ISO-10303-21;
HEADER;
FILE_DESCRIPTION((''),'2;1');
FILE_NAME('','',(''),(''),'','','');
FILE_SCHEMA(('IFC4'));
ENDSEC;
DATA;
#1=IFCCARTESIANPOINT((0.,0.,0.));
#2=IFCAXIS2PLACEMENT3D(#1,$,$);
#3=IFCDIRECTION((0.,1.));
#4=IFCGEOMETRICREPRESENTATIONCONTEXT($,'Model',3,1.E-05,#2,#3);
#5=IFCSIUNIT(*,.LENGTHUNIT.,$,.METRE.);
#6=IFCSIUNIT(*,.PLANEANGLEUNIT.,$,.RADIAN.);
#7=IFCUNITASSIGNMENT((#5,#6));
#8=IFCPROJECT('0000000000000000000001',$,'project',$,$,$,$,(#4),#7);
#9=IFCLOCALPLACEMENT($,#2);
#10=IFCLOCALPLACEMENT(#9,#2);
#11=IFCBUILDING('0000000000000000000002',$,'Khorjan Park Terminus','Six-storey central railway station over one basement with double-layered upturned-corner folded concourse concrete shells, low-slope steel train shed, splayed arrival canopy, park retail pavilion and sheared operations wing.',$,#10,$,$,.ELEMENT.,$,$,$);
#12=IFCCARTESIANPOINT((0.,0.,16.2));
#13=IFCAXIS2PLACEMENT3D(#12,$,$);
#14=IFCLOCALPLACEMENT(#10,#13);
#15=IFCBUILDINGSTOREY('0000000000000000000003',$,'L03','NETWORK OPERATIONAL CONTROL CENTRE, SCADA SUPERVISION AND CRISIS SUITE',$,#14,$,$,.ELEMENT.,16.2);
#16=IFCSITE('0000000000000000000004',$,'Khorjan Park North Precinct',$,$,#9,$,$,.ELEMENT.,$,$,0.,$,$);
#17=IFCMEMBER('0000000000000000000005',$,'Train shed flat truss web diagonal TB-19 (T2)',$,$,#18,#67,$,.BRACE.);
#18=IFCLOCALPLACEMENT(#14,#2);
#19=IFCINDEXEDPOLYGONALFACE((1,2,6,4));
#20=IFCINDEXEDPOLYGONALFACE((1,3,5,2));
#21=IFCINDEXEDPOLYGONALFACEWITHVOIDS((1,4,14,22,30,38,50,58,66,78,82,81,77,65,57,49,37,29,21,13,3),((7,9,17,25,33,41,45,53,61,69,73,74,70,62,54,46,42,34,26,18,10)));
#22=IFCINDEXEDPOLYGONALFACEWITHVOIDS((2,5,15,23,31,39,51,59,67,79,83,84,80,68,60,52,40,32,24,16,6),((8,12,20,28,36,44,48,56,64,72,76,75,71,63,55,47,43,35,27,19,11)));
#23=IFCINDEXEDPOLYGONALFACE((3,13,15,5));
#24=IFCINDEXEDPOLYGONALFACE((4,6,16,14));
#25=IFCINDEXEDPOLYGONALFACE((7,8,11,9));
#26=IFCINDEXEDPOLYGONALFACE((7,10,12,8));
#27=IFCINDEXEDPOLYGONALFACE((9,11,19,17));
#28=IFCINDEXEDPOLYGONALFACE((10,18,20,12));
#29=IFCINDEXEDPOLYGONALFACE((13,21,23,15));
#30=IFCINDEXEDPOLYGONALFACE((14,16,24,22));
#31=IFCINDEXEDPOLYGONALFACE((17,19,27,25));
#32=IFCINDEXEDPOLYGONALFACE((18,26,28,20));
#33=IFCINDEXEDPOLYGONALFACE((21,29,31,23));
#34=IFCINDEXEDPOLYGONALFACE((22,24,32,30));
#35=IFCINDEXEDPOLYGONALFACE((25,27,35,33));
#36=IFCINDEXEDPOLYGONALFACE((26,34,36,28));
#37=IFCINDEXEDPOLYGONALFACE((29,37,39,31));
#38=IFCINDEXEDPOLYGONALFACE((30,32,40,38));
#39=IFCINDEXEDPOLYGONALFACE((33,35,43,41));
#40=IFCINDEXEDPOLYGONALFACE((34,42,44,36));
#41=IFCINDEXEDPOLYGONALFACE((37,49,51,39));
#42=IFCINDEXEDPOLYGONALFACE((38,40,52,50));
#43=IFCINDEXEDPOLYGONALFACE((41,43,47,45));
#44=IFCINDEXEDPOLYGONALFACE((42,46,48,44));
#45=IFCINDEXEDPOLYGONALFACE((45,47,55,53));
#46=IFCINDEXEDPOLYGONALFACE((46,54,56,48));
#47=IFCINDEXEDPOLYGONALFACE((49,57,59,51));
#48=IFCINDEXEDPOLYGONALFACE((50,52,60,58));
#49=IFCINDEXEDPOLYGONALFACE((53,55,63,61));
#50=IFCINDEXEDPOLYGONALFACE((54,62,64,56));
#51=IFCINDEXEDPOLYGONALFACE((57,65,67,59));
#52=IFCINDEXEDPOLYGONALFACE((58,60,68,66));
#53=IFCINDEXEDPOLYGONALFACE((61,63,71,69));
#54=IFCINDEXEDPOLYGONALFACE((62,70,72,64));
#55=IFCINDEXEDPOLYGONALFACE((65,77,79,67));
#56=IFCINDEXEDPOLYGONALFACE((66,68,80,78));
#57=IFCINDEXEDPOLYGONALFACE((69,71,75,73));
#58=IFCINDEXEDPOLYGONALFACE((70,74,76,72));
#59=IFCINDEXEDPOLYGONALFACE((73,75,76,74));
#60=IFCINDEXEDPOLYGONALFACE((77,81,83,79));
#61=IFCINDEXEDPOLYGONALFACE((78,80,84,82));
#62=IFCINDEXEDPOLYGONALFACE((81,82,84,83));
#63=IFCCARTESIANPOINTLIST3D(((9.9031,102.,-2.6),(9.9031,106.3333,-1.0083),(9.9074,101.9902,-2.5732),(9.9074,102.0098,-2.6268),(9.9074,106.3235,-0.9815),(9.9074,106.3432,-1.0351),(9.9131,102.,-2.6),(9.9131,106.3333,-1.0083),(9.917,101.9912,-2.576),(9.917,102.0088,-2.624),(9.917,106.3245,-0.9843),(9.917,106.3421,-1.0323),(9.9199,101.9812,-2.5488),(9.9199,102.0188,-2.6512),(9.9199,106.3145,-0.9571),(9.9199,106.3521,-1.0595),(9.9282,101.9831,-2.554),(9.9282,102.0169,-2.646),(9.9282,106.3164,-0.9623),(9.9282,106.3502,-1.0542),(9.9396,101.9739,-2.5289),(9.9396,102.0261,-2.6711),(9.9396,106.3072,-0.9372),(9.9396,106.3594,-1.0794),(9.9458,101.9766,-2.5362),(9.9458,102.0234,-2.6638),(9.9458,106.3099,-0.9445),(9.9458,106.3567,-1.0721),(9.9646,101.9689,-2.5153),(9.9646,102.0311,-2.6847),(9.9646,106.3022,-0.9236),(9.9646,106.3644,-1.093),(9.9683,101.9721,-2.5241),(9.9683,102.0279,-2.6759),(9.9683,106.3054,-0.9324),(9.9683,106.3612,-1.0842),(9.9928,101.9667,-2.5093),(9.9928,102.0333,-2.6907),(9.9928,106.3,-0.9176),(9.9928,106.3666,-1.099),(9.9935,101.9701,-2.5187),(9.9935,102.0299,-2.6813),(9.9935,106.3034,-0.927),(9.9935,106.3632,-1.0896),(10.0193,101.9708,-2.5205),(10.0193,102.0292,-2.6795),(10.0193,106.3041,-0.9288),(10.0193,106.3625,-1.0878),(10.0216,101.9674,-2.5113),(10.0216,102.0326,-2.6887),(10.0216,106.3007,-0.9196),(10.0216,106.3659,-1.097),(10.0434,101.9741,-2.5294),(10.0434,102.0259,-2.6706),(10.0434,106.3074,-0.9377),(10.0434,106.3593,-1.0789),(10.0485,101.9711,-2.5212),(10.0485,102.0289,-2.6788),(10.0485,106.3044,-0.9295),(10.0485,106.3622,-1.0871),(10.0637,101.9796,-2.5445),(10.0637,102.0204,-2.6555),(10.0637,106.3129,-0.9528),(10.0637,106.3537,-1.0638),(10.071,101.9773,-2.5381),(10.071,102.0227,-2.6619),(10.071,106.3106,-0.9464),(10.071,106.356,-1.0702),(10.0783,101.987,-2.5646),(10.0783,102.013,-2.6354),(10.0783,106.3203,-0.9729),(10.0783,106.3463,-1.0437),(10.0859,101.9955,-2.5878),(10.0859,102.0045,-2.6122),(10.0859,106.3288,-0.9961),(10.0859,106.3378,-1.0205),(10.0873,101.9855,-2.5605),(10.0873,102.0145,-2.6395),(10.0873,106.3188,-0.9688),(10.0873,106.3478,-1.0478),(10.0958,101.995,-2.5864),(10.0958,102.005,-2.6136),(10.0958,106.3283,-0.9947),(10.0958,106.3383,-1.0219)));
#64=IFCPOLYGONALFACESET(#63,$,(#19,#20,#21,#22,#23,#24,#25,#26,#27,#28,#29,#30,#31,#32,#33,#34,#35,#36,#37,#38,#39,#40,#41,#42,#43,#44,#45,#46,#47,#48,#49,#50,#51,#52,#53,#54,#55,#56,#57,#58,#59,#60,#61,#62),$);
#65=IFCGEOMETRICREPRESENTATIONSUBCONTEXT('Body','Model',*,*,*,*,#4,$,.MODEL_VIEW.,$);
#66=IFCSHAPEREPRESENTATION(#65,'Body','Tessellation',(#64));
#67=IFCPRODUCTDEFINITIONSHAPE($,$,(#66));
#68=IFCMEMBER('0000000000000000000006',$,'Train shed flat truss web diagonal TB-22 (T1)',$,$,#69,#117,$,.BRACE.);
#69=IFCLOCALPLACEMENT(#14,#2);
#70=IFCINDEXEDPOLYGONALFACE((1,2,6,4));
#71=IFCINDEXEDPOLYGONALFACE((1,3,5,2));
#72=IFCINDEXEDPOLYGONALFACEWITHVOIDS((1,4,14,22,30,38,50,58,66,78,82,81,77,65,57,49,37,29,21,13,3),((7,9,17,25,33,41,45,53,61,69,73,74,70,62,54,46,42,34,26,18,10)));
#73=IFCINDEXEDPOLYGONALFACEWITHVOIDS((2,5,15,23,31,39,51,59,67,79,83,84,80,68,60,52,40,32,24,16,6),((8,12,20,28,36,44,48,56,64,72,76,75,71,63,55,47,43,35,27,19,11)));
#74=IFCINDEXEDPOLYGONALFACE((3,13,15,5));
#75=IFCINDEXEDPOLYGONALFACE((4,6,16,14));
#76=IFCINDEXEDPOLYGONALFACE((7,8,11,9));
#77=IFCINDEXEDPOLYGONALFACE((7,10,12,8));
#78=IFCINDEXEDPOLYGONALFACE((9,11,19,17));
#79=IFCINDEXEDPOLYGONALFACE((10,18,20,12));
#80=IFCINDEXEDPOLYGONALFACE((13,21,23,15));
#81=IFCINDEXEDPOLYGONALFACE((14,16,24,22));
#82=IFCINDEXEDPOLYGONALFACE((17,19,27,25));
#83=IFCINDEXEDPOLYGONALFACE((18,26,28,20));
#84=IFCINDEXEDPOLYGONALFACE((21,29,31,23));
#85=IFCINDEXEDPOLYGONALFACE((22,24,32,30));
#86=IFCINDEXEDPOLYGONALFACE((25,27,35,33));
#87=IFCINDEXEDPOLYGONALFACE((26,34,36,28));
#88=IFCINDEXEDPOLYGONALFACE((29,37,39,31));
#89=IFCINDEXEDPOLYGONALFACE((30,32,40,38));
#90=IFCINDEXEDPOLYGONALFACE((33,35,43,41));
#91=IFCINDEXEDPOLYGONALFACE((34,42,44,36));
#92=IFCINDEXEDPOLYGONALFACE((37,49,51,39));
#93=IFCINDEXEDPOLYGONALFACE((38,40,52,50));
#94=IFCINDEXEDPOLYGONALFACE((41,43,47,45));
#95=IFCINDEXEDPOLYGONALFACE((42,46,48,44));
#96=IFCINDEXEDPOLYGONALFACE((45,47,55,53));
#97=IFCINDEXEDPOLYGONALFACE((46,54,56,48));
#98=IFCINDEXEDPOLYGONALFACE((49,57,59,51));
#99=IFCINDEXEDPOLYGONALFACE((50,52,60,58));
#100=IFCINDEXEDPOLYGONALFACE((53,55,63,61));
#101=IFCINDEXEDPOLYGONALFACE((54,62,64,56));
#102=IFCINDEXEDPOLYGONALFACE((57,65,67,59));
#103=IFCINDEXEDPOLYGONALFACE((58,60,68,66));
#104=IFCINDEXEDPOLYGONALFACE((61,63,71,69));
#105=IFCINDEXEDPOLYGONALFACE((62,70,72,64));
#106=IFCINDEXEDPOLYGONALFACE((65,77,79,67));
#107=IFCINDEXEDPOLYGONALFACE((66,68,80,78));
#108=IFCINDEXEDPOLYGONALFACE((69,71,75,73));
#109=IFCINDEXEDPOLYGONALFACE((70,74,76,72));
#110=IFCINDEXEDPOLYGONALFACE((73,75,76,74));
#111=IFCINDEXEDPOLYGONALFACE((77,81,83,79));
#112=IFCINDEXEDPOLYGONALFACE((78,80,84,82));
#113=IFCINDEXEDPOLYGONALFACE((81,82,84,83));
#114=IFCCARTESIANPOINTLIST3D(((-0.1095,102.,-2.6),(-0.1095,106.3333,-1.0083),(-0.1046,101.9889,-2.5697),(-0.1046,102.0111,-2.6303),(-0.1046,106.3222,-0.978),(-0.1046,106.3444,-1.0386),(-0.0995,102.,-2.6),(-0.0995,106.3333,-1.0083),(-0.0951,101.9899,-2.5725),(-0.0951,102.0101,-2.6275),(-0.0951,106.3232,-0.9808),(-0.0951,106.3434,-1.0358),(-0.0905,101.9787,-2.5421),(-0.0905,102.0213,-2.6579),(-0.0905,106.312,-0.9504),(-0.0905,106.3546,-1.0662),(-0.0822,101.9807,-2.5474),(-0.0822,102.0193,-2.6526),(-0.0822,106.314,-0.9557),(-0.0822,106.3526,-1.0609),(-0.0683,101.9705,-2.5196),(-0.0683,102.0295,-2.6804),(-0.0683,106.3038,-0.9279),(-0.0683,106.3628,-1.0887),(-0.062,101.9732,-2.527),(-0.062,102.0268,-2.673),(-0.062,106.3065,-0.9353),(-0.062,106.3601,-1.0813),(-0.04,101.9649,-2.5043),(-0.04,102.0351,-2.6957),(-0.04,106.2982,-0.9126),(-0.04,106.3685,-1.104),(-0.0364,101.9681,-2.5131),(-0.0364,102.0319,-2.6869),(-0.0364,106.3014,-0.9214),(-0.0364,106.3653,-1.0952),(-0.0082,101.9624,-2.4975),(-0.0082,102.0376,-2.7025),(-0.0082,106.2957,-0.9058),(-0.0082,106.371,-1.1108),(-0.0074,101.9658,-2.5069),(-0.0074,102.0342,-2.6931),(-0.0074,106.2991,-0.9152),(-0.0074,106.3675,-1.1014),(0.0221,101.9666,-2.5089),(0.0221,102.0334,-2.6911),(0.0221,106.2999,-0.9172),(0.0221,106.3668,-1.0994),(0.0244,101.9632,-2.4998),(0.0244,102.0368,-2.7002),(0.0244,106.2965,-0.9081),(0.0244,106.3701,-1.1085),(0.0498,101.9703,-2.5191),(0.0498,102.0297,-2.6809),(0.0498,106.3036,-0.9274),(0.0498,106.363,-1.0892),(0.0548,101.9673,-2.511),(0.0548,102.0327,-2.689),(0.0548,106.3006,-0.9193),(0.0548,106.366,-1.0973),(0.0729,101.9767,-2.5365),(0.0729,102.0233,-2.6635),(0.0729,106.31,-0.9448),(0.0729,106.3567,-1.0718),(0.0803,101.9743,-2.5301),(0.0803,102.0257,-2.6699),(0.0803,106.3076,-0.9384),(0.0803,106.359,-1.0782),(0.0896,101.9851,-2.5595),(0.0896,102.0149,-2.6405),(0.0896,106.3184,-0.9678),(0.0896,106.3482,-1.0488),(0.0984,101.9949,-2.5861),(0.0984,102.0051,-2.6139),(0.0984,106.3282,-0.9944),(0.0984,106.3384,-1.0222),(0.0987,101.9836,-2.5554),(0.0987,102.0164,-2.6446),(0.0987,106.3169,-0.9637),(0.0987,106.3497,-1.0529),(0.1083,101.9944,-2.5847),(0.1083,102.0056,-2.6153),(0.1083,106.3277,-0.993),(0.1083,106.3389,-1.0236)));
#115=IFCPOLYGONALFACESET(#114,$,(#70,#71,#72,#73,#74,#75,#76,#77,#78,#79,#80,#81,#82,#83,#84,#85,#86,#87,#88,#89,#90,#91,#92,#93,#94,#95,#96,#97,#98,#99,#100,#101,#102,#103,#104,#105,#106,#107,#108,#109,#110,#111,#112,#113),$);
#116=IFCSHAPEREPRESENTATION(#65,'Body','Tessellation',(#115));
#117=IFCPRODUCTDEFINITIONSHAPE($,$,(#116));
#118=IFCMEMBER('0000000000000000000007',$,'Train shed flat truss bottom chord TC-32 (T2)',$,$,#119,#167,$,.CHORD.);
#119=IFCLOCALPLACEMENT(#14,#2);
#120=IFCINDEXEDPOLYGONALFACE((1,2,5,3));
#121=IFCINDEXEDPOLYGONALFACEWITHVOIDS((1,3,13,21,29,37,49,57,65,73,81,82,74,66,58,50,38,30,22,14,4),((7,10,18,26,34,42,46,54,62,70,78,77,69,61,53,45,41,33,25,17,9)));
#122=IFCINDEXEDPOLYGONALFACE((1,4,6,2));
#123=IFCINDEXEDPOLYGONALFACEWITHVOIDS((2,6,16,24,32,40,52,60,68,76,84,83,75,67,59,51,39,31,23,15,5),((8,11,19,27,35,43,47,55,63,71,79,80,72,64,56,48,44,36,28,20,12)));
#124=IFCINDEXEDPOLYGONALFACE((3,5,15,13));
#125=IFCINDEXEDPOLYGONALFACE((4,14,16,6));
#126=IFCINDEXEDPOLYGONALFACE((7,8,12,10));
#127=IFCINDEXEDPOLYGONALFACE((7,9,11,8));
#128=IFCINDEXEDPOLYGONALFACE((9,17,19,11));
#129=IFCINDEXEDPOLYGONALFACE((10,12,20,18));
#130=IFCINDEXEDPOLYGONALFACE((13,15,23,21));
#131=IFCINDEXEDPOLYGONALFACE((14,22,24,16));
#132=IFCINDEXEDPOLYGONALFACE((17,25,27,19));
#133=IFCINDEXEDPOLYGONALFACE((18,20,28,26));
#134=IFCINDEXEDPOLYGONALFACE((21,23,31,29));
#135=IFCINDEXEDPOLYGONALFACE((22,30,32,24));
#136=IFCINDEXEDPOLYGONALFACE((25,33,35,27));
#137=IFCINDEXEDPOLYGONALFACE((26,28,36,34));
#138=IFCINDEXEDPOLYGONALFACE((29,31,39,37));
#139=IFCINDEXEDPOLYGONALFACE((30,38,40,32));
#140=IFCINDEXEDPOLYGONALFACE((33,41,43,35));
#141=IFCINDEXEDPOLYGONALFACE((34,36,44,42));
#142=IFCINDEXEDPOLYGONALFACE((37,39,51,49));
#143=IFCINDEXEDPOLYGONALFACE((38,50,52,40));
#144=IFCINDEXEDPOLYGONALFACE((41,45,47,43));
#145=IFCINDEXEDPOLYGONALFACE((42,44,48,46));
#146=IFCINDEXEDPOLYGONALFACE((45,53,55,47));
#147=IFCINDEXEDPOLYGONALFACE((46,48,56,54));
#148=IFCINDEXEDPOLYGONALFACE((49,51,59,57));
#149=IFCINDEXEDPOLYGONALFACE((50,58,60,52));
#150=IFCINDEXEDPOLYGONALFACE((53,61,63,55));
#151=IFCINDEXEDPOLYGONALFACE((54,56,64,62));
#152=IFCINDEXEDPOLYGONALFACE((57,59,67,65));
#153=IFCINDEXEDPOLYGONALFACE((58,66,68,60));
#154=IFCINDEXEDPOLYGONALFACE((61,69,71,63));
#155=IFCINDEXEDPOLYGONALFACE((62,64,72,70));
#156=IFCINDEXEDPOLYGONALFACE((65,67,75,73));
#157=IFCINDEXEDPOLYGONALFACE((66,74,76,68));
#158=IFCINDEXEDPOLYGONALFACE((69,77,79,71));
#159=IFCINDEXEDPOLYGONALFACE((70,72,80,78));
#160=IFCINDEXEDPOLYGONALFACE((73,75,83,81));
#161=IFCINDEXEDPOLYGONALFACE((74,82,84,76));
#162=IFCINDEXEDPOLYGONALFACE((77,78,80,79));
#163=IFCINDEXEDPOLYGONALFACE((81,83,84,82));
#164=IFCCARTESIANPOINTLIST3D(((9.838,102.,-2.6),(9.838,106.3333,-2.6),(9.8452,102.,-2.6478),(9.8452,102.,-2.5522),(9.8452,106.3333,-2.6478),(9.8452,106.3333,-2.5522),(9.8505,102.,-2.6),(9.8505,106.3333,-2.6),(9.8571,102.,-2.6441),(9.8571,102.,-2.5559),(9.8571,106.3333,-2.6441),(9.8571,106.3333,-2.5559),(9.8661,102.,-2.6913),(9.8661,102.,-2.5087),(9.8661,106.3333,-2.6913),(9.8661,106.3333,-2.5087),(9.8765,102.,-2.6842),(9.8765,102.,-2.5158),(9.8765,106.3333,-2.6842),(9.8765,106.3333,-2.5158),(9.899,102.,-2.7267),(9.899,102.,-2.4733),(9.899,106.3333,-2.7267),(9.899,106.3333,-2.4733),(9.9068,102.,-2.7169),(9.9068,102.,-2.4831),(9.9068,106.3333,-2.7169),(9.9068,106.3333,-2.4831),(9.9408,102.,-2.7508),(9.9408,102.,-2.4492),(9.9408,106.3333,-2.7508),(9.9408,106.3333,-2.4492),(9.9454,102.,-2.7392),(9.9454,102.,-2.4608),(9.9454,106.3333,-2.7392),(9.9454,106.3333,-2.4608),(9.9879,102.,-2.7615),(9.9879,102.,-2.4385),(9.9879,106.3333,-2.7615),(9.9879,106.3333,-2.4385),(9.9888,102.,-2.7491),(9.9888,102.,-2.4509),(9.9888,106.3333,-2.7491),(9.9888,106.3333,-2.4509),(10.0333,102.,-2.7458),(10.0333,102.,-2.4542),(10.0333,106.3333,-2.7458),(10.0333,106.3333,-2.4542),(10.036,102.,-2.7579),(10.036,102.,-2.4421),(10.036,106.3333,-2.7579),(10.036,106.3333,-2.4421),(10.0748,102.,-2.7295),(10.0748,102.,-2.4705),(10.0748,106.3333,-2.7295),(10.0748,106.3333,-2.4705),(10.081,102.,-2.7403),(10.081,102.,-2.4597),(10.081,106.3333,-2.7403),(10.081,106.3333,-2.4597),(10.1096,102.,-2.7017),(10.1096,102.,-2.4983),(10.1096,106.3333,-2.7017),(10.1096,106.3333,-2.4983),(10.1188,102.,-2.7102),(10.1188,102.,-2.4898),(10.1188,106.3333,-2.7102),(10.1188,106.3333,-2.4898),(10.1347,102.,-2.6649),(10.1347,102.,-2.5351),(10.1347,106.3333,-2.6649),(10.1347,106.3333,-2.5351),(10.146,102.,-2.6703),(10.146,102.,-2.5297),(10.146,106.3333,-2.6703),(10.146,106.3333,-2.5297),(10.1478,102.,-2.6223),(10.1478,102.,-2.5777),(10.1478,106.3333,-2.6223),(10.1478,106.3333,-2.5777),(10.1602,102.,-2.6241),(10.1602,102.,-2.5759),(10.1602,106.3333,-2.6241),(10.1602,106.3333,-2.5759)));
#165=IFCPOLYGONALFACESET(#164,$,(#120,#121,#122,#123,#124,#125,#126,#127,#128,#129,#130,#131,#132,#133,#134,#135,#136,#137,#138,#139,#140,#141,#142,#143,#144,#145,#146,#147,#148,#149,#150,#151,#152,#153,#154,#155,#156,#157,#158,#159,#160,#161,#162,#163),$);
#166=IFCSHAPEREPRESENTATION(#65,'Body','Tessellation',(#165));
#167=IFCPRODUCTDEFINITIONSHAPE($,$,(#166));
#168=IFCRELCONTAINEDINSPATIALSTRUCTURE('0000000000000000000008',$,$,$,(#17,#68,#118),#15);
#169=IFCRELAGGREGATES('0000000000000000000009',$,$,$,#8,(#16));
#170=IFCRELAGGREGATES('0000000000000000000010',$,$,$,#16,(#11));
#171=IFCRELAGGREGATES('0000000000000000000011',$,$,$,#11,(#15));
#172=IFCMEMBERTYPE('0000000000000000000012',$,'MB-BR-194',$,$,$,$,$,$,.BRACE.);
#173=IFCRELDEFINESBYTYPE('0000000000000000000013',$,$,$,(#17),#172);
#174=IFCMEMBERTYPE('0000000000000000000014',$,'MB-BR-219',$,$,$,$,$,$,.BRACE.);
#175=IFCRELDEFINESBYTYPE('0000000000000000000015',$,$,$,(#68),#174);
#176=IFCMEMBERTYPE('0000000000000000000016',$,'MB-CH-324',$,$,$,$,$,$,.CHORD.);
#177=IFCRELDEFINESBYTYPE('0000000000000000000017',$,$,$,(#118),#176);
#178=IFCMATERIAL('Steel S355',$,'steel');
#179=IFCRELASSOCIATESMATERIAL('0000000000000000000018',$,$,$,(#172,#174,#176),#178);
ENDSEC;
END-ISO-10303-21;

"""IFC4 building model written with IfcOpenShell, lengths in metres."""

from ifc_helpers import new_model, si_unit, direction, frame, origin, origin_2d, place, context, subcontext, project, spatial, hollow_circle, extrude, material, material_profile, profile_set, type_object, element, save


model = new_model("IFC4")

# Units and contexts
model_context = context("Model", 3, precision=1e-05, world=origin(), true_north=direction((0.0, 1.0)))
body_context = subcontext(model_context, "Body", "Model", "MODEL_VIEW")
ifc_project = project(units=[si_unit("LENGTHUNIT", "METRE"), si_unit("PLANEANGLEUNIT", "RADIAN")], contexts=[model_context])

# Site, building, storey
site_placement = place(None, origin())
site = spatial("IfcSite", under=ifc_project, at=site_placement, Name="Khorjan Park North Precinct", CompositionType="ELEMENT", RefElevation=0.0)
building_placement = place(site_placement, origin())
building = spatial("IfcBuilding", under=site, at=building_placement, Name="Khorjan Park Terminus", Description="Six-storey central railway station over one basement with double-layered upturned-corner folded concourse concrete shells, low-slope steel train shed, splayed arrival canopy, park retail pavilion and sheared operations wing.", CompositionType="ELEMENT")
storey_placement = place(building_placement, frame((0.0, 0.0, 16.2)))
storey = spatial("IfcBuildingStorey", under=building, at=storey_placement, Name="L03", Description="NETWORK OPERATIONAL CONTROL CENTRE, SCADA SUPERVISION AND CRISIS SUITE", CompositionType="ELEMENT", Elevation=16.2)

# Members
ifc_material = material(Name="Steel S355", Category="steel")
ifc_material_profile_1 = material_profile(ifc_material, hollow_circle(Radius=0.0969, WallThickness=0.01, at=origin_2d()), Name="CHS 193.7x10")
ifc_profile_set_1 = profile_set([ifc_material_profile_1], Name="Steel S355")
member_type_1 = type_object("IfcMemberType", Name="MB-BR-194", PredefinedType="BRACE", material=ifc_profile_set_1)
member_1_placement = place(storey_placement, frame((10.0, 102.0, -2.6), z_axis=(0.0, 0.938678, 0.344794), x_axis=(-1.0, 0.0, 0.0)))
element("IfcMember", 1, at=member_1_placement, inside=storey, type_object=member_type_1, Name="Train shed flat truss web diagonal TB-19 (T2)", PredefinedType="BRACE", context=body_context, shape_type="SweptSolid", body=[
    extrude(hollow_circle(Radius=0.0969, WallThickness=0.01, at=origin_2d()), origin(), (0.0, 0.0, 1.0), 4.6164),
])
ifc_material_profile_2 = material_profile(ifc_material, hollow_circle(Radius=0.1095, WallThickness=0.01, at=origin_2d()), Name="CHS 219.1x10")
ifc_profile_set_2 = profile_set([ifc_material_profile_2], Name="Steel S355")
member_type_2 = type_object("IfcMemberType", Name="MB-BR-219", PredefinedType="BRACE", material=ifc_profile_set_2)
member_2_placement = place(storey_placement, frame((0.0, 102.0, -2.6), z_axis=(0.0, 0.938678, 0.344794), x_axis=(-1.0, 0.0, 0.0)))
element("IfcMember", 2, at=member_2_placement, inside=storey, type_object=member_type_2, Name="Train shed flat truss web diagonal TB-22 (T1)", PredefinedType="BRACE", context=body_context, shape_type="SweptSolid", body=[
    extrude(hollow_circle(Radius=0.1095, WallThickness=0.01, at=origin_2d()), origin(), (0.0, 0.0, 1.0), 4.6164),
])
ifc_material_profile_3 = material_profile(ifc_material, hollow_circle(Radius=0.162, WallThickness=0.0125, at=origin_2d()), Name="CHS 323.9x12.5")
ifc_profile_set_3 = profile_set([ifc_material_profile_3], Name="Steel S355")
member_type_3 = type_object("IfcMemberType", Name="MB-CH-324", PredefinedType="CHORD", material=ifc_profile_set_3)
member_3_placement = place(storey_placement, frame((10.0, 102.0, -2.6), z_axis=(0.0, 1.0, 0.0), x_axis=(-1.0, 0.0, 0.0)))
element("IfcMember", 3, at=member_3_placement, inside=storey, type_object=member_type_3, Name="Train shed flat truss bottom chord TC-32 (T2)", PredefinedType="CHORD", context=body_context, shape_type="SweptSolid", body=[
    extrude(hollow_circle(Radius=0.162, WallThickness=0.0125, at=origin_2d()), origin(), (0.0, 0.0, 1.0), 4.3333),
])

save(model, "model.ifc")
